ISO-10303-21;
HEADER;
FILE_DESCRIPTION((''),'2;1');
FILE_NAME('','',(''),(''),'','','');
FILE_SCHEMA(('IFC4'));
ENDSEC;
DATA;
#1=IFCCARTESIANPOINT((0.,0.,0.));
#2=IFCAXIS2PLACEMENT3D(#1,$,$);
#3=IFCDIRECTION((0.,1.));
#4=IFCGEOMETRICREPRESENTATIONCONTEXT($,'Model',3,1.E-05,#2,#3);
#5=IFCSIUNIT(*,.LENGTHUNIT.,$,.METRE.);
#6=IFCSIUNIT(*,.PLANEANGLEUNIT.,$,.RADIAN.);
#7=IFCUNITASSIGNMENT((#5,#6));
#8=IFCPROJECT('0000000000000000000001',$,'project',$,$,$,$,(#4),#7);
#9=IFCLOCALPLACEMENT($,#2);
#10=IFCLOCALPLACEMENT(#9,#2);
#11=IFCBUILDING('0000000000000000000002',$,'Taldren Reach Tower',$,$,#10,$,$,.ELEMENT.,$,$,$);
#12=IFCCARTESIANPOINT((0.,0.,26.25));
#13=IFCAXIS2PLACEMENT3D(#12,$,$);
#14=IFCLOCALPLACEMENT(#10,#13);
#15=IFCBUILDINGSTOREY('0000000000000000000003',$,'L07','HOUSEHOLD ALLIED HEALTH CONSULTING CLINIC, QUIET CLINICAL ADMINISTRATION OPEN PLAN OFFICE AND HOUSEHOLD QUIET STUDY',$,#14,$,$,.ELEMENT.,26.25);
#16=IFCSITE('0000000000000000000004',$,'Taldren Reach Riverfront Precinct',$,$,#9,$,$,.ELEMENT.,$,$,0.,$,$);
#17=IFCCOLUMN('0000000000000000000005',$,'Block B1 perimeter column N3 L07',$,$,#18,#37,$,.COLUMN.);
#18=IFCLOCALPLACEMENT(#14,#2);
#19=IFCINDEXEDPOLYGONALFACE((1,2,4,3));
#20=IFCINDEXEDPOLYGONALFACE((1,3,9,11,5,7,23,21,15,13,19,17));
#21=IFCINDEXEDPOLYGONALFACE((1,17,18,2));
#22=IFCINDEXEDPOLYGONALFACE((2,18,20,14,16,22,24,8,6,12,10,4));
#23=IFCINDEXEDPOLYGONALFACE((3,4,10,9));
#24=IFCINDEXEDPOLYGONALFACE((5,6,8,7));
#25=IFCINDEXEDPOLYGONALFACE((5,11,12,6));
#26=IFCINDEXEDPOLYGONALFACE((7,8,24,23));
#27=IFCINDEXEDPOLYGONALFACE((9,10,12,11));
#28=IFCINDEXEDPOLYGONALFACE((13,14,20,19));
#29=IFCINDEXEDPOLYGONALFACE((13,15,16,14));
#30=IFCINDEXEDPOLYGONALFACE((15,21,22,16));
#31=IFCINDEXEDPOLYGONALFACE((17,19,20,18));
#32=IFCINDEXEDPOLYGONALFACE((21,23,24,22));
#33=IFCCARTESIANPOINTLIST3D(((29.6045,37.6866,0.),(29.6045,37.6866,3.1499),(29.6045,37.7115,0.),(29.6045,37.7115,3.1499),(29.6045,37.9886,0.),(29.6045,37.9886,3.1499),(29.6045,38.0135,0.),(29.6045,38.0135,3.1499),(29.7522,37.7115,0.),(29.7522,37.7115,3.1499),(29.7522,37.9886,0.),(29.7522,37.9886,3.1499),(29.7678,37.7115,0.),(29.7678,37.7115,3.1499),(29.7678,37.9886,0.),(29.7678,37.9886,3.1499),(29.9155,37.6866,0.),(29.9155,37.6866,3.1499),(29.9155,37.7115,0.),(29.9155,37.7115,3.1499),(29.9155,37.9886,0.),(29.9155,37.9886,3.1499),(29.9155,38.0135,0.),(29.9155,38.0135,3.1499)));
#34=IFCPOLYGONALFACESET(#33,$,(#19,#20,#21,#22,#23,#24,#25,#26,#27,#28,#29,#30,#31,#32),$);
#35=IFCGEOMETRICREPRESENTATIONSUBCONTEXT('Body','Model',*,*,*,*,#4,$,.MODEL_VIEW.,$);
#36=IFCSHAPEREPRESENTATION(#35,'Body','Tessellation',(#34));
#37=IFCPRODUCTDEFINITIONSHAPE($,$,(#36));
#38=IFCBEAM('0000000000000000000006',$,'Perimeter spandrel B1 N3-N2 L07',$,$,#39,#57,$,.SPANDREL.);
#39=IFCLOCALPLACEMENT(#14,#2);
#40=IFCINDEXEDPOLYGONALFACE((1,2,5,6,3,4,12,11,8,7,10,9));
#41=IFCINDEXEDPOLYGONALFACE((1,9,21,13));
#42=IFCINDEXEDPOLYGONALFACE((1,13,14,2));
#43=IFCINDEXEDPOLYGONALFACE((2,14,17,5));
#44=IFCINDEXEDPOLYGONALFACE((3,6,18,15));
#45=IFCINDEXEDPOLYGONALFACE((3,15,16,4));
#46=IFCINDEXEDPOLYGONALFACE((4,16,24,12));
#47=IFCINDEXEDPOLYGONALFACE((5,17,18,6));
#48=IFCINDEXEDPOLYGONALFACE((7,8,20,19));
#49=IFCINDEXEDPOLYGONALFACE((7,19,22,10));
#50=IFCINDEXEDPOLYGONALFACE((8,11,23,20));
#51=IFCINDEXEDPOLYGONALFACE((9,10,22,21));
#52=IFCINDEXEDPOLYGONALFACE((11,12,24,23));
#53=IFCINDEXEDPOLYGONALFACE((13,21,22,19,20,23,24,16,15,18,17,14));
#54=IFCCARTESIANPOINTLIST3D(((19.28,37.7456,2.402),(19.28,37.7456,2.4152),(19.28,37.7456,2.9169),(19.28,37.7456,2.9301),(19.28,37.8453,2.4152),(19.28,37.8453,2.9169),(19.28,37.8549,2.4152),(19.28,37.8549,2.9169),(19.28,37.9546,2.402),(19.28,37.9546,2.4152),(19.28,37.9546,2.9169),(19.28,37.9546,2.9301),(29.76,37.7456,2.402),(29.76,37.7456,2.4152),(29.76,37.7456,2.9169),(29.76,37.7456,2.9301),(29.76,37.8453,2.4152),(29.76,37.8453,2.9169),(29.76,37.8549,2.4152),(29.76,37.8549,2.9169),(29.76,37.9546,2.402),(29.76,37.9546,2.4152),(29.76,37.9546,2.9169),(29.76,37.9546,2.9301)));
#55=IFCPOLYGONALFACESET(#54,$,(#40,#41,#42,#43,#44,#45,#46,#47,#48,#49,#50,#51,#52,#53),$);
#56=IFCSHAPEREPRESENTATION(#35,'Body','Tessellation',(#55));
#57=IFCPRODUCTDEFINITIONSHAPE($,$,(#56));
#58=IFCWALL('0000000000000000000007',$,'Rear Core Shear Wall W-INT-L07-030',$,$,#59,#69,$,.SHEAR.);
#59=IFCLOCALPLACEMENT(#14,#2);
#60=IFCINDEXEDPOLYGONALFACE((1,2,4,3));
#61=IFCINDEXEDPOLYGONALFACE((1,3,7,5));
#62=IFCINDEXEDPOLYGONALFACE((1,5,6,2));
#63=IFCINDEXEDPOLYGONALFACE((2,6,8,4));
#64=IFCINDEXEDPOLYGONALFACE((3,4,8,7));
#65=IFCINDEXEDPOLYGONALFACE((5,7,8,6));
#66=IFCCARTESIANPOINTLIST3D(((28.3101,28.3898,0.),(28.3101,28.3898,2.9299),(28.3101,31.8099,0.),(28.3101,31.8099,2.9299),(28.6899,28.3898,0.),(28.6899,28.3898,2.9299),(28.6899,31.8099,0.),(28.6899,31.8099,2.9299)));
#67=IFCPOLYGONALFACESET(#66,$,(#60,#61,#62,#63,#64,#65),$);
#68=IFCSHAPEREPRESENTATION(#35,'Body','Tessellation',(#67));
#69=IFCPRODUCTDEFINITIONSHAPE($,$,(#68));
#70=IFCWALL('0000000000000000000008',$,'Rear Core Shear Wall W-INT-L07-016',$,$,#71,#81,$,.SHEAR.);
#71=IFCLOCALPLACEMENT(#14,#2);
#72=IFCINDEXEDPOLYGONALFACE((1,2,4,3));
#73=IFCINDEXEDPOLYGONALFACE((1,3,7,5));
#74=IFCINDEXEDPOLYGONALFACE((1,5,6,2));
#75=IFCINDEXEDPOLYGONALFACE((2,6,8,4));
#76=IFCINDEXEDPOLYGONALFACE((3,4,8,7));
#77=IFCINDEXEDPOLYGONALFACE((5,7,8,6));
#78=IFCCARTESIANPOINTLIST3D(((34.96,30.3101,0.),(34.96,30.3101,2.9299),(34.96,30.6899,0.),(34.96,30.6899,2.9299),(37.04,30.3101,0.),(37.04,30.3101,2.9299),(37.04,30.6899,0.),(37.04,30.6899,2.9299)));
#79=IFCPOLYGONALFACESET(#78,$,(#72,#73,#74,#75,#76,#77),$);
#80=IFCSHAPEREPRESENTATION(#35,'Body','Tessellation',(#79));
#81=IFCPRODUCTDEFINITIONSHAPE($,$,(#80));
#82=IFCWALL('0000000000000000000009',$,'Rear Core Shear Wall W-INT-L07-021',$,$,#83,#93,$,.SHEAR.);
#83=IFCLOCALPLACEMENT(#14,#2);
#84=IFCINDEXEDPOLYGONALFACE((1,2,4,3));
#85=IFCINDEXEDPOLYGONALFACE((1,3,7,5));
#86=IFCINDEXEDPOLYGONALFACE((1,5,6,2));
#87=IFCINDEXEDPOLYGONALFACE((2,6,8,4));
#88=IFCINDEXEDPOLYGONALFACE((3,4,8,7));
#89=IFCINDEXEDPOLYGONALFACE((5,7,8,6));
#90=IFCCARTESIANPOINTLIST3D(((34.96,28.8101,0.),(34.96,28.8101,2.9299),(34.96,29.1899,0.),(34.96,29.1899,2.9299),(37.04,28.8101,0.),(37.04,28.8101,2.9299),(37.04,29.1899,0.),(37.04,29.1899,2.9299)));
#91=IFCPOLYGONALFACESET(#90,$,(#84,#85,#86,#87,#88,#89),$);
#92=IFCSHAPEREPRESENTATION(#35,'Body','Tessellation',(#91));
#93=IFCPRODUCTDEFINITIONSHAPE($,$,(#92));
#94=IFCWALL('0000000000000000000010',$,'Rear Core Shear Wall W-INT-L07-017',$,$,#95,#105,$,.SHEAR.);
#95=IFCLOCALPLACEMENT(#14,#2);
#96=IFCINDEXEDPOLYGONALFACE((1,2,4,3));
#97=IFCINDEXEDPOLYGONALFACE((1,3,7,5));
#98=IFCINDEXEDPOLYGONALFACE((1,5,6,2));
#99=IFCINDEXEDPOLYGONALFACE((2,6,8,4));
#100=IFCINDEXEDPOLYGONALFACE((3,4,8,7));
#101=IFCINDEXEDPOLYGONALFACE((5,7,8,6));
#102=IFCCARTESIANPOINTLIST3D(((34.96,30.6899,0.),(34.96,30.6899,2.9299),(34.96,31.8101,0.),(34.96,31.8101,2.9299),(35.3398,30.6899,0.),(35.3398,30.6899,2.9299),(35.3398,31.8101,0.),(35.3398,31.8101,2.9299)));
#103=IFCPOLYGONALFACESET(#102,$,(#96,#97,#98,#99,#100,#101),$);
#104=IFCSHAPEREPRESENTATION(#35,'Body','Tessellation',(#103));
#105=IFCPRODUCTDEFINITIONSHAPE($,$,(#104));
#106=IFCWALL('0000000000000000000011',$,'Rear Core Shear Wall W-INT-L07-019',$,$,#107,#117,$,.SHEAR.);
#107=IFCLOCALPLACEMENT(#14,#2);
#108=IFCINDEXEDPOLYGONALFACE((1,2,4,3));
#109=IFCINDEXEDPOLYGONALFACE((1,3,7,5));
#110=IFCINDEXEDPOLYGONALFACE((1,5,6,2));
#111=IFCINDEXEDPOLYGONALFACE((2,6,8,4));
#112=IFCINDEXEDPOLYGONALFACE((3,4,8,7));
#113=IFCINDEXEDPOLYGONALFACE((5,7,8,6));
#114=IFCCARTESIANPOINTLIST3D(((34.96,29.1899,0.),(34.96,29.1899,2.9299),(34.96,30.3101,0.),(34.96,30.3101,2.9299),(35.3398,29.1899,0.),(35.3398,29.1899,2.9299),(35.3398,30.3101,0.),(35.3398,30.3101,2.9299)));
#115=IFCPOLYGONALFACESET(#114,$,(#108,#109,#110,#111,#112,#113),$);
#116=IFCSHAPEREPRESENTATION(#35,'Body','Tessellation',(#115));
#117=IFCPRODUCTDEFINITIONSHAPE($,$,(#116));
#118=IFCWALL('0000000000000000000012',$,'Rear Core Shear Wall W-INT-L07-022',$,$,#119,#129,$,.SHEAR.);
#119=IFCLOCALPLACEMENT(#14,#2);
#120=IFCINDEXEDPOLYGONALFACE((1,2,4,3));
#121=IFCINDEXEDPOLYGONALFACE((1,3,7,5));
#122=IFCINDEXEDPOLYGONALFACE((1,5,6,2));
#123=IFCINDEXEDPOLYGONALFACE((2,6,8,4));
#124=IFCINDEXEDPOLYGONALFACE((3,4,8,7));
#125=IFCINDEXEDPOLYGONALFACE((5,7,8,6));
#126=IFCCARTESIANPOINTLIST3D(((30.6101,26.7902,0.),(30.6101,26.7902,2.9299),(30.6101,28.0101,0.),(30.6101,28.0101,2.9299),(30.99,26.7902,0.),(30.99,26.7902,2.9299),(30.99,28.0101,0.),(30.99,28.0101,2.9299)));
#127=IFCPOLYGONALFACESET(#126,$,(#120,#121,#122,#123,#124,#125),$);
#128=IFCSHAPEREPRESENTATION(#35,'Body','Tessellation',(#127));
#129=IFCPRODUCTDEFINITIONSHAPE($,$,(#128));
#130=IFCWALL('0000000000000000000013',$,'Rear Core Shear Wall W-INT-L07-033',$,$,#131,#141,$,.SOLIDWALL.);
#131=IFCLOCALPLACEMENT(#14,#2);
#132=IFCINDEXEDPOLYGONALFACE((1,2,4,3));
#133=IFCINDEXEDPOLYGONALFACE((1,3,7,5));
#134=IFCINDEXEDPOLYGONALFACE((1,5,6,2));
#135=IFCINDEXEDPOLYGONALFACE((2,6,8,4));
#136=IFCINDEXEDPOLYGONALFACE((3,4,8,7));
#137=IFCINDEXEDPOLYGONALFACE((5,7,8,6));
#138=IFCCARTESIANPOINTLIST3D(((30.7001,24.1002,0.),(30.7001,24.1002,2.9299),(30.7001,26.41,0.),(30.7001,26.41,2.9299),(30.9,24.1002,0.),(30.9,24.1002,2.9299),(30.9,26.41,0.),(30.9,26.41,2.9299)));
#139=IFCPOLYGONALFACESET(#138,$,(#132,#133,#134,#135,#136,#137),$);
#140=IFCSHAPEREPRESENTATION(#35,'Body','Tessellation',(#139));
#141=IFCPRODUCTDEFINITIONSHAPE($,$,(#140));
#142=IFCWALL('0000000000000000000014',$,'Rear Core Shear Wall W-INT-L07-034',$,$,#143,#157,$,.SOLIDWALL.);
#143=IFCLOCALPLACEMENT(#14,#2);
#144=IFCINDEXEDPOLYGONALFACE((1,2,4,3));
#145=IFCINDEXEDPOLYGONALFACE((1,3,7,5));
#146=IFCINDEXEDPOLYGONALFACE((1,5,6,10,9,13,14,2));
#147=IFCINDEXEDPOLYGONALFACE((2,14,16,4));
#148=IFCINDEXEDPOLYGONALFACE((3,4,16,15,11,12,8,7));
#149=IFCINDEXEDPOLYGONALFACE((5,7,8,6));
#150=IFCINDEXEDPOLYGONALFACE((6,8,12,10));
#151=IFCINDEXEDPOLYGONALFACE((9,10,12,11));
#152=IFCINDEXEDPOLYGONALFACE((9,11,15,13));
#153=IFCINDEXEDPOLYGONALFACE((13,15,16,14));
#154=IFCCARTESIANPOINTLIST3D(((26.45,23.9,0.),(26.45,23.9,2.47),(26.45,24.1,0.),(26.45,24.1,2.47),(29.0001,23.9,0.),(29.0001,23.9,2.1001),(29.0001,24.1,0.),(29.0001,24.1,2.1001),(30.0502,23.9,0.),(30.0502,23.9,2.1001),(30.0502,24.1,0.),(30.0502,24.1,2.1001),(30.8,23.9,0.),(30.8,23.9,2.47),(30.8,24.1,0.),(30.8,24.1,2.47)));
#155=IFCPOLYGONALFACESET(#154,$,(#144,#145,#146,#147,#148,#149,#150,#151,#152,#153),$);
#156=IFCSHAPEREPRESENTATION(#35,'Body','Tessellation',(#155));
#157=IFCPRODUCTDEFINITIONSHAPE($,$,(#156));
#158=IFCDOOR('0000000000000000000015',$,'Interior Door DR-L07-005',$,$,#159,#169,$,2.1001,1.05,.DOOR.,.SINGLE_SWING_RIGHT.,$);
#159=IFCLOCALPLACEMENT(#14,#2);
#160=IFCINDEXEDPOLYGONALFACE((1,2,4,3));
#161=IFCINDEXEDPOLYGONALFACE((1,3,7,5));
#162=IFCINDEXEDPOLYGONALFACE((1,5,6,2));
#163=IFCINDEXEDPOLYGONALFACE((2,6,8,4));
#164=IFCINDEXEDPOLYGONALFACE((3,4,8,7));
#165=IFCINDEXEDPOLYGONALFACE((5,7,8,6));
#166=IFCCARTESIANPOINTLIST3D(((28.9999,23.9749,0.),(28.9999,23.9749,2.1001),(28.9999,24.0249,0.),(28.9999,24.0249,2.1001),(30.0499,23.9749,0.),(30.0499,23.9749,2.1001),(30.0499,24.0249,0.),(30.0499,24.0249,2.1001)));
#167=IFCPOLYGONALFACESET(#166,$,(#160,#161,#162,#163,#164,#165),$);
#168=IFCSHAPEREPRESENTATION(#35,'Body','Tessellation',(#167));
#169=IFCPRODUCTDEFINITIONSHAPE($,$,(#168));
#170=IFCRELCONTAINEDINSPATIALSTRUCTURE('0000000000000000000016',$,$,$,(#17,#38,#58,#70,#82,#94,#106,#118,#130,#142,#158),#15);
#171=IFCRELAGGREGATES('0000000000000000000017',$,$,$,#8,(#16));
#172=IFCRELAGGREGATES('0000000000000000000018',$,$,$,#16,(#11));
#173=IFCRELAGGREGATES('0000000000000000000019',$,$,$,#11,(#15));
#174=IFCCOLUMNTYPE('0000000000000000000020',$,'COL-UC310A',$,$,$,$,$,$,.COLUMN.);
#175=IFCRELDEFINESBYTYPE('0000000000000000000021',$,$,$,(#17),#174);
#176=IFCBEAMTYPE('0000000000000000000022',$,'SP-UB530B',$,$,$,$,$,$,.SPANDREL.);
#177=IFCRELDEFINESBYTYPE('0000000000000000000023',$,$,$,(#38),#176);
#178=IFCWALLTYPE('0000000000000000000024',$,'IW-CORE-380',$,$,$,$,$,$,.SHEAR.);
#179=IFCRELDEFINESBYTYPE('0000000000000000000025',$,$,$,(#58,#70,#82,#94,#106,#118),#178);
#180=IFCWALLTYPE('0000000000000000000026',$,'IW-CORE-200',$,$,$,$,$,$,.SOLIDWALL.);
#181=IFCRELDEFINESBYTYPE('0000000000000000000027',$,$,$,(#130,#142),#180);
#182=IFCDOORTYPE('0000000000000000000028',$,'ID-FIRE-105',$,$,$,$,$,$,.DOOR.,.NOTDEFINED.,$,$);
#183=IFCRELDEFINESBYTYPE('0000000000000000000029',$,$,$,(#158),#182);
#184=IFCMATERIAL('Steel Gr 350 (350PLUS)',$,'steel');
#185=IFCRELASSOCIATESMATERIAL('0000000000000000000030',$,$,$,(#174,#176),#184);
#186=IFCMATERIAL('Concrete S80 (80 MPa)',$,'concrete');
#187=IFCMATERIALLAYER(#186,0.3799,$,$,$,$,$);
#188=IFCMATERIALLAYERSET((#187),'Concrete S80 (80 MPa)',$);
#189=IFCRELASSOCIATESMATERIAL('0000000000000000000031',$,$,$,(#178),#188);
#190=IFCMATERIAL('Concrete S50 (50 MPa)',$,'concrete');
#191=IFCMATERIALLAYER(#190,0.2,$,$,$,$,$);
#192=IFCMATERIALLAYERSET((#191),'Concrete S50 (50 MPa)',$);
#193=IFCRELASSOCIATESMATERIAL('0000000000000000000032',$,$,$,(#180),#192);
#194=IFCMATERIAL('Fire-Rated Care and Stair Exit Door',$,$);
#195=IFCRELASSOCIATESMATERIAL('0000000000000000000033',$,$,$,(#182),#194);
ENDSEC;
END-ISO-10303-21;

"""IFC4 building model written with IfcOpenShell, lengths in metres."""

from ifc_helpers import new_model, si_unit, direction, frame, frame_2d, origin, origin_2d, place, context, subcontext, project, spatial, rectangle, i_section, extrude, source, transform, mapped, material, layer, layer_set, material_profile, profile_set, type_object, element, fill, save


model = new_model("IFC4")

# Units and contexts
model_context = context("Model", 3, precision=1e-05, world=origin(), true_north=direction((0.0, 1.0)))
body_context = subcontext(model_context, "Body", "Model", "MODEL_VIEW")
ifc_project = project(units=[si_unit("LENGTHUNIT", "METRE"), si_unit("PLANEANGLEUNIT", "RADIAN")], contexts=[model_context])

# Site, building, storey
site_placement = place(None, origin())
site = spatial("IfcSite", under=ifc_project, at=site_placement, Name="Taldren Reach Riverfront Precinct", CompositionType="ELEMENT", RefElevation=0.0)
building_placement = place(site_placement, origin())
building = spatial("IfcBuilding", under=site, at=building_placement, Name="Taldren Reach Tower", CompositionType="ELEMENT")
storey_placement = place(building_placement, frame((0.0, 0.0, 26.25)))
storey = spatial("IfcBuildingStorey", under=building, at=storey_placement, Name="L07", Description="HOUSEHOLD ALLIED HEALTH CONSULTING CLINIC, QUIET CLINICAL ADMINISTRATION OPEN PLAN OFFICE AND HOUSEHOLD QUIET STUDY", CompositionType="ELEMENT", Elevation=26.25)

# Column
ifc_material_1 = material(Name="Steel Gr 350 (350PLUS)", Category="steel")
ifc_material_profile_1 = material_profile(ifc_material_1, i_section(OverallWidth=0.311, OverallDepth=0.3269, WebThickness=0.0156, FlangeThickness=0.0249, at=origin_2d()), Name="310UC158")
ifc_profile_set_1 = profile_set([ifc_material_profile_1], Name="Steel Gr 350 (350PLUS)")
column_type = type_object("IfcColumnType", Name="COL-UC310A", PredefinedType="COLUMN", material=ifc_profile_set_1)
shared_shape_1 = source(origin(), body_context, "Body", "SweptSolid", [
    extrude(i_section(OverallWidth=0.311, OverallDepth=0.3269, WebThickness=0.0156, FlangeThickness=0.0249, at=origin_2d()), origin(), (0.0, 0.0, 1.0), 3.1499),
])
column_placement = place(storey_placement, frame((29.76, 37.8501, 0.0), z_axis=(0.0, 0.0, 1.0), x_axis=(1.0, 0.0, 0.0)))
element("IfcColumn", 1, at=column_placement, inside=storey, type_object=column_type, Name="Block B1 perimeter column N3 L07", PredefinedType="COLUMN", context=body_context, shape_type="MappedRepresentation", body=[
    mapped(shared_shape_1, transform((0.0, 0.0, 0.0), scale=1.0)),
])

# Beam
ifc_material_profile_2 = material_profile(ifc_material_1, i_section(OverallWidth=0.209, OverallDepth=0.5281, WebThickness=0.0095, FlangeThickness=0.0132, at=origin_2d()), Name="530UB82.0")
ifc_profile_set_2 = profile_set([ifc_material_profile_2], Name="Steel Gr 350 (350PLUS)")
beam_type = type_object("IfcBeamType", Name="SP-UB530B", PredefinedType="SPANDREL", material=ifc_profile_set_2)
shared_shape_2 = source(origin(), body_context, "Body", "SweptSolid", [
    extrude(i_section(OverallWidth=0.209, OverallDepth=0.5281, WebThickness=0.0095, FlangeThickness=0.0132, at=origin_2d()), origin(), (0.0, 0.0, 1.0), 10.48),
])
beam_placement = place(storey_placement, frame((29.76, 37.8501, 2.666), z_axis=(-1.0, 0.0, 0.0), x_axis=(0.0, -1.0, 0.0)))
element("IfcBeam", 2, at=beam_placement, inside=storey, type_object=beam_type, Name="Perimeter spandrel B1 N3-N2 L07", PredefinedType="SPANDREL", context=body_context, shape_type="MappedRepresentation", body=[
    mapped(shared_shape_2, transform((0.0, 0.0, 0.0), scale=1.0)),
])

# Walls
ifc_material_2 = material(Name="Concrete S80 (80 MPa)", Category="concrete")
ifc_layer_1 = layer(ifc_material_2, 0.3799)
ifc_layer_set_1 = layer_set([ifc_layer_1], Name="Concrete S80 (80 MPa)")
wall_type_1 = type_object("IfcWallType", Name="IW-CORE-380", PredefinedType="SHEAR", material=ifc_layer_set_1)
shared_shape_3 = source(origin(), body_context, "Body", "SweptSolid", [
    extrude(rectangle(XDim=3.4202, YDim=0.3799, at=frame_2d((1.71, 0.0))), origin(), (0.0, 0.0, 1.0), 2.9299),
])
wall_1_placement = place(storey_placement, frame((28.5, 28.3899, 0.0), z_axis=(0.0, 0.0, 1.0), x_axis=(0.0, 1.0, 0.0)))
element("IfcWall", 3, at=wall_1_placement, inside=storey, type_object=wall_type_1, Name="Rear Core Shear Wall W-INT-L07-030", PredefinedType="SHEAR", context=body_context, shape_type="MappedRepresentation", body=[
    mapped(shared_shape_3, transform((0.0, 0.0, 0.0), scale=1.0)),
])
shared_shape_4 = source(origin(), body_context, "Body", "SweptSolid", [
    extrude(rectangle(XDim=2.0801, YDim=0.3799, at=frame_2d((1.04, 0.0))), origin(), (0.0, 0.0, 1.0), 2.9299),
])
for number, where, z_axis, x_axis, name in (
    (4, (34.96, 30.5, 0.0), (0.0, 0.0, 1.0), (1.0, 0.0, 0.0), "Rear Core Shear Wall W-INT-L07-016"),
    (5, (34.96, 29.0, 0.0), (0.0, 0.0, 1.0), (1.0, 0.0, 0.0), "Rear Core Shear Wall W-INT-L07-021"),
):
    element("IfcWall", number, at=place(storey_placement, frame(where, z_axis=z_axis, x_axis=x_axis)), inside=storey, type_object=wall_type_1, Name=name, PredefinedType="SHEAR", context=body_context, shape_type="MappedRepresentation", body=[
        mapped(shared_shape_4, transform((0.0, 0.0, 0.0), scale=1.0)),
    ])
shared_shape_5 = source(origin(), body_context, "Body", "SweptSolid", [
    extrude(rectangle(XDim=1.1201, YDim=0.3799, at=frame_2d((0.5601, 0.0))), origin(), (0.0, 0.0, 1.0), 2.9299),
])
for number, where, z_axis, x_axis, name in (
    (6, (35.1499, 31.8101, 0.0), (0.0, 0.0, 1.0), (0.0, -1.0, 0.0), "Rear Core Shear Wall W-INT-L07-017"),
    (7, (35.1499, 30.3101, 0.0), (0.0, 0.0, 1.0), (0.0, -1.0, 0.0), "Rear Core Shear Wall W-INT-L07-019"),
):
    element("IfcWall", number, at=place(storey_placement, frame(where, z_axis=z_axis, x_axis=x_axis)), inside=storey, type_object=wall_type_1, Name=name, PredefinedType="SHEAR", context=body_context, shape_type="MappedRepresentation", body=[
        mapped(shared_shape_5, transform((0.0, 0.0, 0.0), scale=1.0)),
    ])
shared_shape_6 = source(origin(), body_context, "Body", "SweptSolid", [
    extrude(rectangle(XDim=1.22, YDim=0.3799, at=frame_2d((0.6099, 0.0))), origin(), (0.0, 0.0, 1.0), 2.9299),
])
wall_2_placement = place(storey_placement, frame((30.8, 28.01, 0.0), z_axis=(0.0, 0.0, 1.0), x_axis=(0.0, -1.0, 0.0)))
element("IfcWall", 8, at=wall_2_placement, inside=storey, type_object=wall_type_1, Name="Rear Core Shear Wall W-INT-L07-022", PredefinedType="SHEAR", context=body_context, shape_type="MappedRepresentation", body=[
    mapped(shared_shape_6, transform((0.0, 0.0, 0.0), scale=1.0)),
])

# Wall
ifc_material_3 = material(Name="Concrete S50 (50 MPa)", Category="concrete")
ifc_layer_2 = layer(ifc_material_3, 0.2)
ifc_layer_set_2 = layer_set([ifc_layer_2], Name="Concrete S50 (50 MPa)")
wall_type_2 = type_object("IfcWallType", Name="IW-CORE-200", PredefinedType="SOLIDWALL", material=ifc_layer_set_2)
shared_shape_7 = source(origin(), body_context, "Body", "SweptSolid", [
    extrude(rectangle(XDim=2.3098, YDim=0.2, at=frame_2d((1.1548, 0.0))), origin(), (0.0, 0.0, 1.0), 2.9299),
])
wall_3_placement = place(storey_placement, frame((30.8, 26.4099, 0.0), z_axis=(0.0, 0.0, 1.0), x_axis=(0.0, -1.0, 0.0)))
element("IfcWall", 9, at=wall_3_placement, inside=storey, type_object=wall_type_2, Name="Rear Core Shear Wall W-INT-L07-033", PredefinedType="SOLIDWALL", context=body_context, shape_type="MappedRepresentation", body=[
    mapped(shared_shape_7, transform((0.0, 0.0, 0.0), scale=1.0)),
])

# Wall, opening, door
shared_shape_8 = source(origin(), body_context, "Body", "SweptSolid", [
    extrude(rectangle(XDim=4.3501, YDim=0.2, at=frame_2d((2.175, 0.0))), origin(), (0.0, 0.0, 1.0), 2.47),
])
wall_4_placement = place(storey_placement, frame((30.8, 24.0, 0.0), z_axis=(0.0, 0.0, 1.0), x_axis=(-1.0, 0.0, 0.0)))
wall_4 = element("IfcWall", 10, at=wall_4_placement, inside=storey, type_object=wall_type_2, Name="Rear Core Shear Wall W-INT-L07-034", PredefinedType="SOLIDWALL", context=body_context, shape_type="MappedRepresentation", body=[
    mapped(shared_shape_8, transform((0.0, 0.0, 0.0), scale=1.0)),
])
shared_shape_9 = source(origin(), body_context, "Body", "SweptSolid", [
    extrude(rectangle(XDim=1.05, YDim=2.1001, at=frame_2d((0.5249, 1.05))), frame((0.0, 0.1099, 0.0), z_axis=(0.0, -1.0, 0.0), x_axis=(1.0, 0.0, 0.0)), (0.0, 0.0, 1.0), 0.22),
])
opening_1_placement = place(wall_4_placement, frame((0.75, 0.0, 0.0)))
opening_1 = element("IfcOpeningElement", 11, at=opening_1_placement, cuts=wall_4, PredefinedType="OPENING", context=body_context, shape_type="MappedRepresentation", body=[
    mapped(shared_shape_9, transform((0.0, 0.0, 0.0), scale=1.0)),
])
ifc_material_4 = material(Name="Fire-Rated Care and Stair Exit Door")
door_type_1 = type_object("IfcDoorType", Name="ID-FIRE-105", OperationType="NOTDEFINED", PredefinedType="DOOR", material=ifc_material_4)
shared_shape_10 = source(origin(), body_context, "Body", "SweptSolid", [
    extrude(rectangle(XDim=1.05, YDim=2.1001, at=frame_2d((0.5249, 1.05))), frame((0.0, 0.0249, 0.0), z_axis=(0.0, -1.0, 0.0), x_axis=(1.0, 0.0, 0.0)), (0.0, 0.0, 1.0), 0.05),
])
door_1_placement = place(opening_1_placement, frame((1.05, 0.0, 0.0), z_axis=(0.0, 0.0, 1.0), x_axis=(-1.0, 0.0, 0.0)))
door_1 = element("IfcDoor", 12, at=door_1_placement, inside=storey, type_object=door_type_1, Name="Interior Door DR-L07-005", OperationType="SINGLE_SWING_RIGHT", OverallHeight=2.1001, OverallWidth=1.05, PredefinedType="DOOR", context=body_context, shape_type="MappedRepresentation", body=[
    mapped(shared_shape_10, transform((0.0, 0.0, 0.0), scale=1.0)),
])
fill(opening_1, door_1)

save(model, "model.ifc")
